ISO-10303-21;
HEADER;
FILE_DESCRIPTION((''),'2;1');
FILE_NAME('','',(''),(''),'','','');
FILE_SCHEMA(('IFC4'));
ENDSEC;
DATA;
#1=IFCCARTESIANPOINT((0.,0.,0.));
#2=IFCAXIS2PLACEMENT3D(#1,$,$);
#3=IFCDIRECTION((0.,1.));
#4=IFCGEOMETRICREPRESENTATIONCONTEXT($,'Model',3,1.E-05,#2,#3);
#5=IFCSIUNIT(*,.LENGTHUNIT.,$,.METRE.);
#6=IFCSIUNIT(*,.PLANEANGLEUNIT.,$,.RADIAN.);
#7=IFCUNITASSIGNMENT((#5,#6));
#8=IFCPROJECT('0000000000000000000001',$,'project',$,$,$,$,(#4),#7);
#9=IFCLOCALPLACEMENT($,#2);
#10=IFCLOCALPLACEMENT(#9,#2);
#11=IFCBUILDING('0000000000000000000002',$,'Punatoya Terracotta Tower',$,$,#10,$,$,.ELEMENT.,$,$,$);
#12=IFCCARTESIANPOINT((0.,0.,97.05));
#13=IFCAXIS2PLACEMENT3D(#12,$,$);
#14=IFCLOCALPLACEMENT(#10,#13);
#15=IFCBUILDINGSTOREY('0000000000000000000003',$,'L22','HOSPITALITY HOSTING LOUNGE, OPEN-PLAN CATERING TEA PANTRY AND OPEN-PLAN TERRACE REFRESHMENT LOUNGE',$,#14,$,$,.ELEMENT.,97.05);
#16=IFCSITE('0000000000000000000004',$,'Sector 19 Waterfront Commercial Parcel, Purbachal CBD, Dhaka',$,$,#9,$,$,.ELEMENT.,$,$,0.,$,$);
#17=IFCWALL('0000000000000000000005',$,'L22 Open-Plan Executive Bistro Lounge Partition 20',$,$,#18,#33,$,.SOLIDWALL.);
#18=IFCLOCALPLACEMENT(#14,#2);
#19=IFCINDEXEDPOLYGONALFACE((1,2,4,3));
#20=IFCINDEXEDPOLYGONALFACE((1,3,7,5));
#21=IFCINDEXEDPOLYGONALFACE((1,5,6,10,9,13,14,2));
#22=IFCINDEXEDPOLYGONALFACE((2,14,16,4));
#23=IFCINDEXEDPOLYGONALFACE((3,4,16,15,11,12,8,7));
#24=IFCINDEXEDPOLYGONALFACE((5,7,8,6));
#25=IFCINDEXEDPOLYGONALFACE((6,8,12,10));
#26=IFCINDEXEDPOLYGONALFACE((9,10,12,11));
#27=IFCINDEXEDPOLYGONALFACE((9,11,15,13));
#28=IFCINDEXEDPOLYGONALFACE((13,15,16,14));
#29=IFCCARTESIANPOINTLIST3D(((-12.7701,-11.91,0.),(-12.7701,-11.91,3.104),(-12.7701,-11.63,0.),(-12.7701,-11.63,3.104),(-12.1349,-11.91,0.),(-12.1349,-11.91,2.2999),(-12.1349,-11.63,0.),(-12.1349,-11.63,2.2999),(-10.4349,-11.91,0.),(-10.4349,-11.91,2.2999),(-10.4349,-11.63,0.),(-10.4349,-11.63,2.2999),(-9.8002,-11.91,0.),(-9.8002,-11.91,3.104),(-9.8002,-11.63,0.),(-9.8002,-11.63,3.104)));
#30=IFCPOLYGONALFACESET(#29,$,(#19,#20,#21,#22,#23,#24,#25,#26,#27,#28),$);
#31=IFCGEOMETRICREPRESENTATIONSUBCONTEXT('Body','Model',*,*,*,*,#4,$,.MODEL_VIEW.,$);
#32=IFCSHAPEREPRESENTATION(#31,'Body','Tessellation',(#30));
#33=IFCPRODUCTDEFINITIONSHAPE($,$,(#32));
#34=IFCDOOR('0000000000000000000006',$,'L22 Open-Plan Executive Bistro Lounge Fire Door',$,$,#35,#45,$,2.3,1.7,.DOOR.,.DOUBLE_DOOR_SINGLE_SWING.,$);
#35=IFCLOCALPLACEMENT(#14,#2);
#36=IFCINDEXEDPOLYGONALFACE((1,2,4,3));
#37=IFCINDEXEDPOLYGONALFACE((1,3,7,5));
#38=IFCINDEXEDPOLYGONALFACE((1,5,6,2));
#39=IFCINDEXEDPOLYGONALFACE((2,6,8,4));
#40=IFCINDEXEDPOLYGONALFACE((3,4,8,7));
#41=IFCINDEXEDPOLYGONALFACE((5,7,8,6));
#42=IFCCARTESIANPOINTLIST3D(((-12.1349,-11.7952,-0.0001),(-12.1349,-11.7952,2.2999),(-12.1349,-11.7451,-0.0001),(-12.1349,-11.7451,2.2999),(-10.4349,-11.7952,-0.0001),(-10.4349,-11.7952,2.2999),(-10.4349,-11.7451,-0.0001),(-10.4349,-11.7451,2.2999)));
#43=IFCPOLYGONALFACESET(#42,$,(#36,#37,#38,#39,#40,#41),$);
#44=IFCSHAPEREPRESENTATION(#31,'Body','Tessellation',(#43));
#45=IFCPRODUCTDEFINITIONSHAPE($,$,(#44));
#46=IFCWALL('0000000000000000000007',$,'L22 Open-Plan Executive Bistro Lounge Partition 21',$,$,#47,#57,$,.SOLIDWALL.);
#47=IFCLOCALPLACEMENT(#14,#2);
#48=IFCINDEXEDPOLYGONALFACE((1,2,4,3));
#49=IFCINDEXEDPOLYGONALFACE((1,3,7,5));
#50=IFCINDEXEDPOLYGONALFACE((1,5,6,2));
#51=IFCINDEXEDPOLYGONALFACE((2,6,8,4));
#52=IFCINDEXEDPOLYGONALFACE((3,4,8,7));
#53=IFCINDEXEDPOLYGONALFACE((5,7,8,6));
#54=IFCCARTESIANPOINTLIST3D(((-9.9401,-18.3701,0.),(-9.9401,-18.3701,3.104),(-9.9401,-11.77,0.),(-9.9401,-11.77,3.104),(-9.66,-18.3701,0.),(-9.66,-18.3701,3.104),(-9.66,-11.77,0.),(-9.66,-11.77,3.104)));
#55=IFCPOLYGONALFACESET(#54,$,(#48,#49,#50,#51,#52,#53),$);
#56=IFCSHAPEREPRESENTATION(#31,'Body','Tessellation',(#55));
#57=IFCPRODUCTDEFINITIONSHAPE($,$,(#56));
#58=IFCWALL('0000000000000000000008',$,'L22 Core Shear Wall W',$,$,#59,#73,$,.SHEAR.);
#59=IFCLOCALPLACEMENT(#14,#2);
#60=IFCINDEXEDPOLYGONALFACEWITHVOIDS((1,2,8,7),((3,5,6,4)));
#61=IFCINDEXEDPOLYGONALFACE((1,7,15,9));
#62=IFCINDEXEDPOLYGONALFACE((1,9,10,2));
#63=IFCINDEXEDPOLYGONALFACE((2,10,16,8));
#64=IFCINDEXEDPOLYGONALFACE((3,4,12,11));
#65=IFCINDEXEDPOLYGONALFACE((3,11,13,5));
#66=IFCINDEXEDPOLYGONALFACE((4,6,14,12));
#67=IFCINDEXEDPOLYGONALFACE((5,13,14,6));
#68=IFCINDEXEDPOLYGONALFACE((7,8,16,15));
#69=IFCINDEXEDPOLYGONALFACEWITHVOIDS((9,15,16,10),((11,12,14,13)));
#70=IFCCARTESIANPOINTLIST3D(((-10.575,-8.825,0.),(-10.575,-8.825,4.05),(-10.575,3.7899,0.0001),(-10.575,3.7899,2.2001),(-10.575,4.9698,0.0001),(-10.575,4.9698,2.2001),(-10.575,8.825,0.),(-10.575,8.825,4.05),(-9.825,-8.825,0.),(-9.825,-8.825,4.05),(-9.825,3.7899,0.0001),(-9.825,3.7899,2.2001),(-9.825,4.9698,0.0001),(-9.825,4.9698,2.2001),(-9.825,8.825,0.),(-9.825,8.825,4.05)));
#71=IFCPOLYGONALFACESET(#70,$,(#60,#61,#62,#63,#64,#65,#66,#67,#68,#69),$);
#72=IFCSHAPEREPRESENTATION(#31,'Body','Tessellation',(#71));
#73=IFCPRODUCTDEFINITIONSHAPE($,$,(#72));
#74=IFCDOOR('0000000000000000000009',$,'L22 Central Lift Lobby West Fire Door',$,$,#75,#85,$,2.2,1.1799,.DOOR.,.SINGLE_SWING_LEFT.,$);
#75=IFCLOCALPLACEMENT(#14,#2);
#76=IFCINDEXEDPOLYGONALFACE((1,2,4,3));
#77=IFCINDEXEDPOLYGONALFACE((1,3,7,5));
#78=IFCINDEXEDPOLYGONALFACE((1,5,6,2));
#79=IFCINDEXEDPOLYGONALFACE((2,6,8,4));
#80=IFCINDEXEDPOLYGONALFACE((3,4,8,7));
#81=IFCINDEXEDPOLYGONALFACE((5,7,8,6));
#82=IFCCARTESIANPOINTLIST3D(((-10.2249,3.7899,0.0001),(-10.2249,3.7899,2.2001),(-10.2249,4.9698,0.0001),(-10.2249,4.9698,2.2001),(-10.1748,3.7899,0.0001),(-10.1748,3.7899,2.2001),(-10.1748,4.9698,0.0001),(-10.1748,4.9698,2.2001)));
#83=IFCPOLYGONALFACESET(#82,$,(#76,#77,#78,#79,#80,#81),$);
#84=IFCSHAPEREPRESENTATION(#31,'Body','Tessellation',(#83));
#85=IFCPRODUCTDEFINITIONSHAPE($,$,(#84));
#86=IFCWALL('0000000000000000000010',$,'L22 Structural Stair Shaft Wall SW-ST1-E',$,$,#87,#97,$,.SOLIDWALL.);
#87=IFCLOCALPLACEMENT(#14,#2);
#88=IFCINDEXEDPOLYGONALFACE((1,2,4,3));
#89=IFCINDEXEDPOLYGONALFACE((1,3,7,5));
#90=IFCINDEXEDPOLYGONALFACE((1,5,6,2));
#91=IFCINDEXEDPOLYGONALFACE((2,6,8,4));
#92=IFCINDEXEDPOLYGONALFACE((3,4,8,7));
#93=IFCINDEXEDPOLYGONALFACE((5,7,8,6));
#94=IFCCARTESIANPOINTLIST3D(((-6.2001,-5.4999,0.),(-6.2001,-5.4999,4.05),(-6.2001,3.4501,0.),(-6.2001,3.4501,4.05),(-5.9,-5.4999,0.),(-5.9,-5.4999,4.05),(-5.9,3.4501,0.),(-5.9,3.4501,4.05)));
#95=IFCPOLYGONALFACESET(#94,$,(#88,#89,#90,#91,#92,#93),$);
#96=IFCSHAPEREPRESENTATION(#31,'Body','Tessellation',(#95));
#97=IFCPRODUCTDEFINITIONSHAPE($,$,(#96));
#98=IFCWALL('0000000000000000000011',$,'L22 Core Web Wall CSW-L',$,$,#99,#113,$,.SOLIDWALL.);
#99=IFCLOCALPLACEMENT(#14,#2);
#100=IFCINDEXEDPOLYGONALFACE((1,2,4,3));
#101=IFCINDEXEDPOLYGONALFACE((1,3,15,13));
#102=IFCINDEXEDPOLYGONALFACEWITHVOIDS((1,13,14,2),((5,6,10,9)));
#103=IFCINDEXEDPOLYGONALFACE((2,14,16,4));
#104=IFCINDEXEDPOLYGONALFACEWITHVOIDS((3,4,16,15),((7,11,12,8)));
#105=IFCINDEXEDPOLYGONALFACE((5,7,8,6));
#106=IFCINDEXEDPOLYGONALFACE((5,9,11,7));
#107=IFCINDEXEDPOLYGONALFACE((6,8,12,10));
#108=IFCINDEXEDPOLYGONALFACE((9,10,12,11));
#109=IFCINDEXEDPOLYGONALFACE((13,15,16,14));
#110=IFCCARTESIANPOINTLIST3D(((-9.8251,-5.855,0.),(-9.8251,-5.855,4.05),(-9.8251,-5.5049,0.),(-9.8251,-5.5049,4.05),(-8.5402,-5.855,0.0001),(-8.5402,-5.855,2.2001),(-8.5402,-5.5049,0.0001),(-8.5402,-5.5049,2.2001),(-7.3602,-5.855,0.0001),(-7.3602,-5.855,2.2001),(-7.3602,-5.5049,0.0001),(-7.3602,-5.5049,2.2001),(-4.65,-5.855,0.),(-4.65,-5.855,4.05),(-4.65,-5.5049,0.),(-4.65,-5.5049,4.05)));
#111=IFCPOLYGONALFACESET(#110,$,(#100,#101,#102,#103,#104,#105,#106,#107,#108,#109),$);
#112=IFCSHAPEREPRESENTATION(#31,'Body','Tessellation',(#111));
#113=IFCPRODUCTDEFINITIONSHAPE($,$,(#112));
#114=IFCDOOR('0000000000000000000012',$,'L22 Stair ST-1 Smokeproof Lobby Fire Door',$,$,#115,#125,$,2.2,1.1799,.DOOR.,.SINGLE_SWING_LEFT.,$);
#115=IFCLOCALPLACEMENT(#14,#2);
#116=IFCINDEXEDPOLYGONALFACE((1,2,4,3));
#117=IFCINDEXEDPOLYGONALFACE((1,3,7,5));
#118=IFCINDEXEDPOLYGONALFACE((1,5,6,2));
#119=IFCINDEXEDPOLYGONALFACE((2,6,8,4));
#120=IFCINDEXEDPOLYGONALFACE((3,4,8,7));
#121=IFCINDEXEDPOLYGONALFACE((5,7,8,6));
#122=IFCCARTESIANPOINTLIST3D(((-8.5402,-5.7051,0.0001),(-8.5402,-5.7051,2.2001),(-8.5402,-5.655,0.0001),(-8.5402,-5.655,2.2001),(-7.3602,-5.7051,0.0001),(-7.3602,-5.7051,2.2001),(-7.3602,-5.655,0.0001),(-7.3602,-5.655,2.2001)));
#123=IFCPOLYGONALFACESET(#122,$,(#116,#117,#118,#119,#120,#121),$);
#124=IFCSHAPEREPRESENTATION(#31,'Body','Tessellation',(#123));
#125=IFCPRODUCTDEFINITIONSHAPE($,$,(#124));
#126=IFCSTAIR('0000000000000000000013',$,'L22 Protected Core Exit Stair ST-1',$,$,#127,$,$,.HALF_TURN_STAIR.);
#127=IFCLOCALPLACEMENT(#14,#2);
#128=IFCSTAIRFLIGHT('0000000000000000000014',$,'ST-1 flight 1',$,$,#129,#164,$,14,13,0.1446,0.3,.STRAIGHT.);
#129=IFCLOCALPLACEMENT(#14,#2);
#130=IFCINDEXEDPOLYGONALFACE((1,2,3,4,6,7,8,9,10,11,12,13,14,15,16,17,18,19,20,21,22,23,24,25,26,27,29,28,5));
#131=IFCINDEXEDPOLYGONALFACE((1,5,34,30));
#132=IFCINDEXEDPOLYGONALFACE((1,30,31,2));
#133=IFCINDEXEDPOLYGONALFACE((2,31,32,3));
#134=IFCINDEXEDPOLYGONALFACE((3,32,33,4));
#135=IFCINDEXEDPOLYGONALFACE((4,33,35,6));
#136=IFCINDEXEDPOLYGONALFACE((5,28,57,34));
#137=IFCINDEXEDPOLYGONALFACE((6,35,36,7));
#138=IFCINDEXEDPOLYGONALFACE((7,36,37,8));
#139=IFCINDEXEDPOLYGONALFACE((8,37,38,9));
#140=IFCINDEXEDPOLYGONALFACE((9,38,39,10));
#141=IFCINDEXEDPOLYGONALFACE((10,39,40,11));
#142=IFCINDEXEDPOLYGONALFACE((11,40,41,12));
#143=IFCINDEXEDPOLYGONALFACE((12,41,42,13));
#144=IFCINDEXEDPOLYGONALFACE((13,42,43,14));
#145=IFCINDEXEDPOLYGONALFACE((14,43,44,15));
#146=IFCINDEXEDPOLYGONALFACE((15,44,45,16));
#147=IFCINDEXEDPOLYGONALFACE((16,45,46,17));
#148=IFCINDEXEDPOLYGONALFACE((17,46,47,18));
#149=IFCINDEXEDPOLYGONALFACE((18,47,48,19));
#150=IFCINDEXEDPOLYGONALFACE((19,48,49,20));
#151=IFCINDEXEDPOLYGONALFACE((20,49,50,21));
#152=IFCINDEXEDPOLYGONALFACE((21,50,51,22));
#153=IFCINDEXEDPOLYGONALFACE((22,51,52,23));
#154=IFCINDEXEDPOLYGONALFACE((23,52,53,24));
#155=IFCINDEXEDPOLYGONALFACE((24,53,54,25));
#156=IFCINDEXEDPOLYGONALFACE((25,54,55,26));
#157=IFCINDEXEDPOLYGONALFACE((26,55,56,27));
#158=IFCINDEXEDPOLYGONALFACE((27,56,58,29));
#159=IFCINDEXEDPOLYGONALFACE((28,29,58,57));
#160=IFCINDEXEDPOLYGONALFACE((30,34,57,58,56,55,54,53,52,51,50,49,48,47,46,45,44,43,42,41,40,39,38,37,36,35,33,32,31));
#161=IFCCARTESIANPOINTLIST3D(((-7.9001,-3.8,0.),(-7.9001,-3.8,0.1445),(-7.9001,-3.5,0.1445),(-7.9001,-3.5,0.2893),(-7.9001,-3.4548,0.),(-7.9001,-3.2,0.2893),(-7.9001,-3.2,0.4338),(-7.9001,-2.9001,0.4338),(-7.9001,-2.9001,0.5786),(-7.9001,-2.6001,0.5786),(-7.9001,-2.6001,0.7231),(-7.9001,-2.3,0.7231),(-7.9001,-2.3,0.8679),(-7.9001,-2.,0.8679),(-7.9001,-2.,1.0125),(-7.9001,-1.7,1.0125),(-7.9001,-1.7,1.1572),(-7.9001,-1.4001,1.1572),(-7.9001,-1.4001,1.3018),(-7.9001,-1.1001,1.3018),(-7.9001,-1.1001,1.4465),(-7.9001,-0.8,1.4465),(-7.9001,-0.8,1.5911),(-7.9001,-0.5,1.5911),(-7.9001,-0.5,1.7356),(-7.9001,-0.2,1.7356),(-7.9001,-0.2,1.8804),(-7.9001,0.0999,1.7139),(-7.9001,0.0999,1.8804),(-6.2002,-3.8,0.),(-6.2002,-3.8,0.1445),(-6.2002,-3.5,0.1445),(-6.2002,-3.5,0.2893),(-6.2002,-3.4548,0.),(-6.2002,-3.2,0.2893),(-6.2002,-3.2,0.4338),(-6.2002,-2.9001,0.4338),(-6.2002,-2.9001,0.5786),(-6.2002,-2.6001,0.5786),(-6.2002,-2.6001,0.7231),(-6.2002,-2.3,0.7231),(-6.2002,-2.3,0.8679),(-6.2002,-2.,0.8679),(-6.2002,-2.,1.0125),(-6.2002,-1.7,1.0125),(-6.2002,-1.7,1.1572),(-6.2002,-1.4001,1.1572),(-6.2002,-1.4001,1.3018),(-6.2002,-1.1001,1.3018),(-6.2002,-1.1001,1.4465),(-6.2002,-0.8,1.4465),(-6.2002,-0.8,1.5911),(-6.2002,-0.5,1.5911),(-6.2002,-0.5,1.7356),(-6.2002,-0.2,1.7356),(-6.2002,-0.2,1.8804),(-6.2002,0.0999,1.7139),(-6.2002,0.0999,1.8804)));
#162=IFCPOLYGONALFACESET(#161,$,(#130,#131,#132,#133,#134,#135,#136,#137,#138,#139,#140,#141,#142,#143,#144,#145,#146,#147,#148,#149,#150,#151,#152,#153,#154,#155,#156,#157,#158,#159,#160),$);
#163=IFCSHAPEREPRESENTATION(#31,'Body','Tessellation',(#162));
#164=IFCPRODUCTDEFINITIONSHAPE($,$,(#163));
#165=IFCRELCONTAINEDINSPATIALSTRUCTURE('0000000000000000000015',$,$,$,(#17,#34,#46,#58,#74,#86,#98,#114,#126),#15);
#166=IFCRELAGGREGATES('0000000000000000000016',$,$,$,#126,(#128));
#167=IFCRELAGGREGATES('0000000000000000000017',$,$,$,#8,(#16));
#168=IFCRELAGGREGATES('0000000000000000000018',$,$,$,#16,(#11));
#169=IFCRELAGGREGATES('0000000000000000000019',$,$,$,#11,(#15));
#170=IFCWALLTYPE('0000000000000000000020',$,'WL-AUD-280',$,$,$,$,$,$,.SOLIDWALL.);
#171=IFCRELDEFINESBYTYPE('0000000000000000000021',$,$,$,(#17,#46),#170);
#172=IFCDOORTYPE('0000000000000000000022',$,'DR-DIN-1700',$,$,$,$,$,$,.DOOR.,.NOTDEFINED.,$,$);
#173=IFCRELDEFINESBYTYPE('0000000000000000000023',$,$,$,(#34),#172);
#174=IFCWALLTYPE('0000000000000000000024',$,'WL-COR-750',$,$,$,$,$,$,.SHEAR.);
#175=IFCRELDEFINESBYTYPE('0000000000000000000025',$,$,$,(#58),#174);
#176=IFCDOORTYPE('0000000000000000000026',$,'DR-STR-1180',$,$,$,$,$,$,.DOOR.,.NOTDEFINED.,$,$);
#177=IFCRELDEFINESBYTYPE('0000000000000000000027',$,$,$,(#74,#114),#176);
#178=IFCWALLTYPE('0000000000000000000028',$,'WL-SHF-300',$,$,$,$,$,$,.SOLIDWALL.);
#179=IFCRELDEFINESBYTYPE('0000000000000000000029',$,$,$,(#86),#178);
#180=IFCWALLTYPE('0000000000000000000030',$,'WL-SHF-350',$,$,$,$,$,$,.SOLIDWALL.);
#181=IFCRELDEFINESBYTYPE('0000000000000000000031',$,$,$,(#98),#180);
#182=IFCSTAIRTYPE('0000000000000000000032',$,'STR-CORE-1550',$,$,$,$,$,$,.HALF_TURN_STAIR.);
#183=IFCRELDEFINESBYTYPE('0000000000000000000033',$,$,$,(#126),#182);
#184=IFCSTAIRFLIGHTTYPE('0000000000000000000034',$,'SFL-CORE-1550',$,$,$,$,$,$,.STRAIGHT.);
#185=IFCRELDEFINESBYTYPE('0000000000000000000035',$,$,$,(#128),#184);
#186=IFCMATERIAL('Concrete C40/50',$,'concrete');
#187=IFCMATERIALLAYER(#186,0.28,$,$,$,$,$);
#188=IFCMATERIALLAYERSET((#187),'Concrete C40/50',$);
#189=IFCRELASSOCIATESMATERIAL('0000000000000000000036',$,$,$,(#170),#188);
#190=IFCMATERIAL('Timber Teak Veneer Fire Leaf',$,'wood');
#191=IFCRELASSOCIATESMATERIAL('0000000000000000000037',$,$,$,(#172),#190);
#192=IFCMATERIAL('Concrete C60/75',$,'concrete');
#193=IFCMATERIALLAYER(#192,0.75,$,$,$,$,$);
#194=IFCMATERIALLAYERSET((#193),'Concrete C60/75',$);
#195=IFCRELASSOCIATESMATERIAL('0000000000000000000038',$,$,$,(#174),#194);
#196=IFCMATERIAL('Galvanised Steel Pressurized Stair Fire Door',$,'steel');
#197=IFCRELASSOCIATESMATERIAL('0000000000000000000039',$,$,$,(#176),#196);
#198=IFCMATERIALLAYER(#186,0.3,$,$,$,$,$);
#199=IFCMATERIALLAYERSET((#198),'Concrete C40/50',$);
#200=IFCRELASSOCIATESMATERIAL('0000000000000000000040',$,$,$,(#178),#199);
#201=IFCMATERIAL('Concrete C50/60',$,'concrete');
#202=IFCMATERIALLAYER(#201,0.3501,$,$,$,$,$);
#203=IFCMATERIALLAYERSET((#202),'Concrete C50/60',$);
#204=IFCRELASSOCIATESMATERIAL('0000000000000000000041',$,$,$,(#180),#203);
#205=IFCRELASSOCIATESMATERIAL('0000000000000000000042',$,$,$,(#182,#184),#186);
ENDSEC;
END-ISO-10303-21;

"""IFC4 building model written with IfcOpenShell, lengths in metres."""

from ifc_helpers import new_model, si_unit, direction, frame, frame_2d, origin, place, context, subcontext, project, spatial, polyline, rectangle, outline, extrude, material, layer, layer_set, type_object, element, fill, aggregate, save


model = new_model("IFC4")

# Units and contexts
model_context = context("Model", 3, precision=1e-05, world=origin(), true_north=direction((0.0, 1.0)))
body_context = subcontext(model_context, "Body", "Model", "MODEL_VIEW")
ifc_project = project(units=[si_unit("LENGTHUNIT", "METRE"), si_unit("PLANEANGLEUNIT", "RADIAN")], contexts=[model_context])

# Site, building, storey
site_placement = place(None, origin())
site = spatial("IfcSite", under=ifc_project, at=site_placement, Name="Sector 19 Waterfront Commercial Parcel, Purbachal CBD, Dhaka", CompositionType="ELEMENT", RefElevation=0.0)
building_placement = place(site_placement, origin())
building = spatial("IfcBuilding", under=site, at=building_placement, Name="Punatoya Terracotta Tower", CompositionType="ELEMENT")
storey_placement = place(building_placement, frame((0.0, 0.0, 97.05)))
storey = spatial("IfcBuildingStorey", under=building, at=storey_placement, Name="L22", Description="HOSPITALITY HOSTING LOUNGE, OPEN-PLAN CATERING TEA PANTRY AND OPEN-PLAN TERRACE REFRESHMENT LOUNGE", CompositionType="ELEMENT", Elevation=97.05)

# Shared definitions
ifc_material_1 = material(Name="Concrete C40/50", Category="concrete")
ifc_layer_1 = layer(ifc_material_1, 0.28)
ifc_layer_set_1 = layer_set([ifc_layer_1], Name="Concrete C40/50")
wall_type_1 = type_object("IfcWallType", Name="WL-AUD-280", PredefinedType="SOLIDWALL", material=ifc_layer_set_1)
ifc_material_2 = material(Name="Timber Teak Veneer Fire Leaf", Category="wood")
door_type_1 = type_object("IfcDoorType", Name="DR-DIN-1700", OperationType="NOTDEFINED", PredefinedType="DOOR", material=ifc_material_2)

# Wall, opening, door
wall_1_placement = place(storey_placement, frame((-12.77, -11.77, 0.0), z_axis=(0.0, 0.0, 1.0), x_axis=(1.0, 0.0, 0.0)))
wall_1 = element("IfcWall", 1, at=wall_1_placement, inside=storey, type_object=wall_type_1, Name="L22 Open-Plan Executive Bistro Lounge Partition 20", PredefinedType="SOLIDWALL", context=body_context, shape_type="SweptSolid", body=[
    extrude(rectangle(XDim=2.97, YDim=0.28, at=frame_2d((1.4849, 0.0))), origin(), (0.0, 0.0, 1.0), 3.104),
])
opening_1_placement = place(wall_1_placement, frame((0.635, 0.0, 0.0)))
opening_1 = element("IfcOpeningElement", 2, at=opening_1_placement, cuts=wall_1, PredefinedType="OPENING", context=body_context, shape_type="SweptSolid", body=[
    extrude(rectangle(XDim=1.7, YDim=2.3, at=frame_2d((0.8501, 1.1499))), frame((0.0, 0.1499, 0.0), z_axis=(0.0, -1.0, 0.0), x_axis=(1.0, 0.0, 0.0)), (0.0, 0.0, 1.0), 0.3),
])
door_1_placement = place(opening_1_placement, origin())
door_1 = element("IfcDoor", 3, at=door_1_placement, inside=storey, type_object=door_type_1, Name="L22 Open-Plan Executive Bistro Lounge Fire Door", OperationType="DOUBLE_DOOR_SINGLE_SWING", OverallHeight=2.3, OverallWidth=1.7, PredefinedType="DOOR", context=body_context, shape_type="SweptSolid", body=[
    extrude(rectangle(XDim=1.7, YDim=2.3, at=frame_2d((0.8501, 1.1499))), frame((0.0, 0.0249, 0.0), z_axis=(0.0, -1.0, 0.0), x_axis=(1.0, 0.0, 0.0)), (0.0, 0.0, 1.0), 0.05),
])
fill(opening_1, door_1)

# Wall
wall_2_placement = place(storey_placement, frame((-9.8, -11.77, 0.0), z_axis=(0.0, 0.0, 1.0), x_axis=(0.0, -1.0, 0.0)))
element("IfcWall", 4, at=wall_2_placement, inside=storey, type_object=wall_type_1, Name="L22 Open-Plan Executive Bistro Lounge Partition 21", PredefinedType="SOLIDWALL", context=body_context, shape_type="SweptSolid", body=[
    extrude(rectangle(XDim=6.6001, YDim=0.28, at=frame_2d((3.3, 0.0))), origin(), (0.0, 0.0, 1.0), 3.104),
])

# Wall, opening, door
ifc_material_3 = material(Name="Concrete C60/75", Category="concrete")
ifc_layer_2 = layer(ifc_material_3, 0.75)
ifc_layer_set_2 = layer_set([ifc_layer_2], Name="Concrete C60/75")
wall_type_2 = type_object("IfcWallType", Name="WL-COR-750", PredefinedType="SHEAR", material=ifc_layer_set_2)
wall_3_placement = place(storey_placement, frame((-10.2, -8.825, 0.0), z_axis=(0.0, 0.0, 1.0), x_axis=(0.0, 1.0, 0.0)))
wall_3 = element("IfcWall", 5, at=wall_3_placement, inside=storey, type_object=wall_type_2, Name="L22 Core Shear Wall W", PredefinedType="SHEAR", context=body_context, shape_type="SweptSolid", body=[
    extrude(rectangle(XDim=17.6499, YDim=0.75, at=frame_2d((8.825, 0.0))), origin(), (0.0, 0.0, 1.0), 4.05),
])
opening_2_placement = place(wall_3_placement, frame((12.615, 0.0, 0.0)))
opening_2 = element("IfcOpeningElement", 6, at=opening_2_placement, cuts=wall_3, PredefinedType="OPENING", context=body_context, shape_type="SweptSolid", body=[
    extrude(rectangle(XDim=1.1799, YDim=2.2, at=frame_2d((0.5898, 1.1001))), frame((0.0, 0.385, 0.0), z_axis=(0.0, -1.0, 0.0), x_axis=(1.0, 0.0, 0.0)), (0.0, 0.0, 1.0), 0.77),
])
ifc_material_4 = material(Name="Galvanised Steel Pressurized Stair Fire Door", Category="steel")
door_type_2 = type_object("IfcDoorType", Name="DR-STR-1180", OperationType="NOTDEFINED", PredefinedType="DOOR", material=ifc_material_4)
door_2_placement = place(opening_2_placement, origin())
door_2 = element("IfcDoor", 7, at=door_2_placement, inside=storey, type_object=door_type_2, Name="L22 Central Lift Lobby West Fire Door", OperationType="SINGLE_SWING_LEFT", OverallHeight=2.2, OverallWidth=1.1799, PredefinedType="DOOR", context=body_context, shape_type="SweptSolid", body=[
    extrude(rectangle(XDim=1.1799, YDim=2.2, at=frame_2d((0.5898, 1.1001))), frame((0.0, 0.0249, 0.0), z_axis=(0.0, -1.0, 0.0), x_axis=(1.0, 0.0, 0.0)), (0.0, 0.0, 1.0), 0.05),
])
fill(opening_2, door_2)

# Wall
ifc_layer_3 = layer(ifc_material_1, 0.3)
ifc_layer_set_3 = layer_set([ifc_layer_3], Name="Concrete C40/50")
wall_type_3 = type_object("IfcWallType", Name="WL-SHF-300", PredefinedType="SOLIDWALL", material=ifc_layer_set_3)
wall_4_placement = place(storey_placement, frame((-6.05, -5.5, 0.0), z_axis=(0.0, 0.0, 1.0), x_axis=(0.0, 1.0, 0.0)))
element("IfcWall", 8, at=wall_4_placement, inside=storey, type_object=wall_type_3, Name="L22 Structural Stair Shaft Wall SW-ST1-E", PredefinedType="SOLIDWALL", context=body_context, shape_type="SweptSolid", body=[
    extrude(rectangle(XDim=8.95, YDim=0.3, at=frame_2d((4.4751, 0.0))), origin(), (0.0, 0.0, 1.0), 4.05),
])

# Wall, opening, door
ifc_material_5 = material(Name="Concrete C50/60", Category="concrete")
ifc_layer_4 = layer(ifc_material_5, 0.3501)
ifc_layer_set_4 = layer_set([ifc_layer_4], Name="Concrete C50/60")
wall_type_4 = type_object("IfcWallType", Name="WL-SHF-350", PredefinedType="SOLIDWALL", material=ifc_layer_set_4)
wall_5_placement = place(storey_placement, frame((-9.825, -5.6799, 0.0), z_axis=(0.0, 0.0, 1.0), x_axis=(1.0, 0.0, 0.0)))
wall_5 = element("IfcWall", 9, at=wall_5_placement, inside=storey, type_object=wall_type_4, Name="L22 Core Web Wall CSW-L", PredefinedType="SOLIDWALL", context=body_context, shape_type="SweptSolid", body=[
    extrude(rectangle(XDim=5.175, YDim=0.3501, at=frame_2d((2.5874, 0.0))), origin(), (0.0, 0.0, 1.0), 4.05),
])
opening_3_placement = place(wall_5_placement, frame((1.2849, 0.0, 0.0)))
opening_3 = element("IfcOpeningElement", 10, at=opening_3_placement, cuts=wall_5, PredefinedType="OPENING", context=body_context, shape_type="SweptSolid", body=[
    extrude(rectangle(XDim=1.1799, YDim=2.2, at=frame_2d((0.5898, 1.1001))), frame((0.0, 0.1851, 0.0), z_axis=(0.0, -1.0, 0.0), x_axis=(1.0, 0.0, 0.0)), (0.0, 0.0, 1.0), 0.3701),
])
door_3_placement = place(opening_3_placement, origin())
door_3 = element("IfcDoor", 11, at=door_3_placement, inside=storey, type_object=door_type_2, Name="L22 Stair ST-1 Smokeproof Lobby Fire Door", OperationType="SINGLE_SWING_LEFT", OverallHeight=2.2, OverallWidth=1.1799, PredefinedType="DOOR", context=body_context, shape_type="SweptSolid", body=[
    extrude(rectangle(XDim=1.1799, YDim=2.2, at=frame_2d((0.5898, 1.1001))), frame((0.0, 0.0249, 0.0), z_axis=(0.0, -1.0, 0.0), x_axis=(1.0, 0.0, 0.0)), (0.0, 0.0, 1.0), 0.05),
])
fill(opening_3, door_3)

# Stair, stair flight
stair_type = type_object("IfcStairType", Name="STR-CORE-1550", PredefinedType="HALF_TURN_STAIR", material=ifc_material_1)
stair_placement = place(storey_placement, origin())
stair = element("IfcStair", 12, at=stair_placement, inside=storey, type_object=stair_type, Name="L22 Protected Core Exit Stair ST-1", PredefinedType="HALF_TURN_STAIR")
stair_flight_type = type_object("IfcStairFlightType", Name="SFL-CORE-1550", PredefinedType="STRAIGHT", material=ifc_material_1)
stair_flight_placement = place(storey_placement, frame((-7.05, -3.8, 0.0), z_axis=(0.0, 0.0, 1.0), x_axis=(0.0, 1.0, 0.0)))
stair_flight = element("IfcStairFlight", 13, at=stair_flight_placement, type_object=stair_flight_type, Name="ST-1 flight 1", NumberOfRisers=14, NumberOfTreads=13, PredefinedType="STRAIGHT", RiserHeight=0.1446, TreadLength=0.3, context=body_context, shape_type="SweptSolid", body=[
    extrude(outline(polyline([(0.0, 0.0), (0.0, 0.1445), (0.3, 0.1445), (0.3, 0.2893), (0.6001, 0.2893), (0.6001, 0.4338), (0.8999, 0.4338), (0.8999, 0.5786), (1.2, 0.5786), (1.2, 0.7231), (1.5, 0.7231), (1.5, 0.8679), (1.8, 0.8679), (1.8, 1.0125), (2.1001, 1.0125), (2.1001, 1.1572), (2.3999, 1.1572), (2.3999, 1.3018), (2.7, 1.3018), (2.7, 1.4465), (3.0, 1.4465), (3.0, 1.5911), (3.3, 1.5911), (3.3, 1.7356), (3.6001, 1.7356), (3.6001, 1.8804), (3.8999, 1.8804), (3.8999, 2.0249), (3.8999, 1.7139), (0.3452, 0.0), (0.0, 0.0)])), frame((0.0, 0.8501, 0.0), z_axis=(0.0, -1.0, 0.0), x_axis=(1.0, 0.0, 0.0)), (0.0, 0.0, 1.0), 1.7),
])
aggregate(stair, [stair_flight])

save(model, "model.ifc")
